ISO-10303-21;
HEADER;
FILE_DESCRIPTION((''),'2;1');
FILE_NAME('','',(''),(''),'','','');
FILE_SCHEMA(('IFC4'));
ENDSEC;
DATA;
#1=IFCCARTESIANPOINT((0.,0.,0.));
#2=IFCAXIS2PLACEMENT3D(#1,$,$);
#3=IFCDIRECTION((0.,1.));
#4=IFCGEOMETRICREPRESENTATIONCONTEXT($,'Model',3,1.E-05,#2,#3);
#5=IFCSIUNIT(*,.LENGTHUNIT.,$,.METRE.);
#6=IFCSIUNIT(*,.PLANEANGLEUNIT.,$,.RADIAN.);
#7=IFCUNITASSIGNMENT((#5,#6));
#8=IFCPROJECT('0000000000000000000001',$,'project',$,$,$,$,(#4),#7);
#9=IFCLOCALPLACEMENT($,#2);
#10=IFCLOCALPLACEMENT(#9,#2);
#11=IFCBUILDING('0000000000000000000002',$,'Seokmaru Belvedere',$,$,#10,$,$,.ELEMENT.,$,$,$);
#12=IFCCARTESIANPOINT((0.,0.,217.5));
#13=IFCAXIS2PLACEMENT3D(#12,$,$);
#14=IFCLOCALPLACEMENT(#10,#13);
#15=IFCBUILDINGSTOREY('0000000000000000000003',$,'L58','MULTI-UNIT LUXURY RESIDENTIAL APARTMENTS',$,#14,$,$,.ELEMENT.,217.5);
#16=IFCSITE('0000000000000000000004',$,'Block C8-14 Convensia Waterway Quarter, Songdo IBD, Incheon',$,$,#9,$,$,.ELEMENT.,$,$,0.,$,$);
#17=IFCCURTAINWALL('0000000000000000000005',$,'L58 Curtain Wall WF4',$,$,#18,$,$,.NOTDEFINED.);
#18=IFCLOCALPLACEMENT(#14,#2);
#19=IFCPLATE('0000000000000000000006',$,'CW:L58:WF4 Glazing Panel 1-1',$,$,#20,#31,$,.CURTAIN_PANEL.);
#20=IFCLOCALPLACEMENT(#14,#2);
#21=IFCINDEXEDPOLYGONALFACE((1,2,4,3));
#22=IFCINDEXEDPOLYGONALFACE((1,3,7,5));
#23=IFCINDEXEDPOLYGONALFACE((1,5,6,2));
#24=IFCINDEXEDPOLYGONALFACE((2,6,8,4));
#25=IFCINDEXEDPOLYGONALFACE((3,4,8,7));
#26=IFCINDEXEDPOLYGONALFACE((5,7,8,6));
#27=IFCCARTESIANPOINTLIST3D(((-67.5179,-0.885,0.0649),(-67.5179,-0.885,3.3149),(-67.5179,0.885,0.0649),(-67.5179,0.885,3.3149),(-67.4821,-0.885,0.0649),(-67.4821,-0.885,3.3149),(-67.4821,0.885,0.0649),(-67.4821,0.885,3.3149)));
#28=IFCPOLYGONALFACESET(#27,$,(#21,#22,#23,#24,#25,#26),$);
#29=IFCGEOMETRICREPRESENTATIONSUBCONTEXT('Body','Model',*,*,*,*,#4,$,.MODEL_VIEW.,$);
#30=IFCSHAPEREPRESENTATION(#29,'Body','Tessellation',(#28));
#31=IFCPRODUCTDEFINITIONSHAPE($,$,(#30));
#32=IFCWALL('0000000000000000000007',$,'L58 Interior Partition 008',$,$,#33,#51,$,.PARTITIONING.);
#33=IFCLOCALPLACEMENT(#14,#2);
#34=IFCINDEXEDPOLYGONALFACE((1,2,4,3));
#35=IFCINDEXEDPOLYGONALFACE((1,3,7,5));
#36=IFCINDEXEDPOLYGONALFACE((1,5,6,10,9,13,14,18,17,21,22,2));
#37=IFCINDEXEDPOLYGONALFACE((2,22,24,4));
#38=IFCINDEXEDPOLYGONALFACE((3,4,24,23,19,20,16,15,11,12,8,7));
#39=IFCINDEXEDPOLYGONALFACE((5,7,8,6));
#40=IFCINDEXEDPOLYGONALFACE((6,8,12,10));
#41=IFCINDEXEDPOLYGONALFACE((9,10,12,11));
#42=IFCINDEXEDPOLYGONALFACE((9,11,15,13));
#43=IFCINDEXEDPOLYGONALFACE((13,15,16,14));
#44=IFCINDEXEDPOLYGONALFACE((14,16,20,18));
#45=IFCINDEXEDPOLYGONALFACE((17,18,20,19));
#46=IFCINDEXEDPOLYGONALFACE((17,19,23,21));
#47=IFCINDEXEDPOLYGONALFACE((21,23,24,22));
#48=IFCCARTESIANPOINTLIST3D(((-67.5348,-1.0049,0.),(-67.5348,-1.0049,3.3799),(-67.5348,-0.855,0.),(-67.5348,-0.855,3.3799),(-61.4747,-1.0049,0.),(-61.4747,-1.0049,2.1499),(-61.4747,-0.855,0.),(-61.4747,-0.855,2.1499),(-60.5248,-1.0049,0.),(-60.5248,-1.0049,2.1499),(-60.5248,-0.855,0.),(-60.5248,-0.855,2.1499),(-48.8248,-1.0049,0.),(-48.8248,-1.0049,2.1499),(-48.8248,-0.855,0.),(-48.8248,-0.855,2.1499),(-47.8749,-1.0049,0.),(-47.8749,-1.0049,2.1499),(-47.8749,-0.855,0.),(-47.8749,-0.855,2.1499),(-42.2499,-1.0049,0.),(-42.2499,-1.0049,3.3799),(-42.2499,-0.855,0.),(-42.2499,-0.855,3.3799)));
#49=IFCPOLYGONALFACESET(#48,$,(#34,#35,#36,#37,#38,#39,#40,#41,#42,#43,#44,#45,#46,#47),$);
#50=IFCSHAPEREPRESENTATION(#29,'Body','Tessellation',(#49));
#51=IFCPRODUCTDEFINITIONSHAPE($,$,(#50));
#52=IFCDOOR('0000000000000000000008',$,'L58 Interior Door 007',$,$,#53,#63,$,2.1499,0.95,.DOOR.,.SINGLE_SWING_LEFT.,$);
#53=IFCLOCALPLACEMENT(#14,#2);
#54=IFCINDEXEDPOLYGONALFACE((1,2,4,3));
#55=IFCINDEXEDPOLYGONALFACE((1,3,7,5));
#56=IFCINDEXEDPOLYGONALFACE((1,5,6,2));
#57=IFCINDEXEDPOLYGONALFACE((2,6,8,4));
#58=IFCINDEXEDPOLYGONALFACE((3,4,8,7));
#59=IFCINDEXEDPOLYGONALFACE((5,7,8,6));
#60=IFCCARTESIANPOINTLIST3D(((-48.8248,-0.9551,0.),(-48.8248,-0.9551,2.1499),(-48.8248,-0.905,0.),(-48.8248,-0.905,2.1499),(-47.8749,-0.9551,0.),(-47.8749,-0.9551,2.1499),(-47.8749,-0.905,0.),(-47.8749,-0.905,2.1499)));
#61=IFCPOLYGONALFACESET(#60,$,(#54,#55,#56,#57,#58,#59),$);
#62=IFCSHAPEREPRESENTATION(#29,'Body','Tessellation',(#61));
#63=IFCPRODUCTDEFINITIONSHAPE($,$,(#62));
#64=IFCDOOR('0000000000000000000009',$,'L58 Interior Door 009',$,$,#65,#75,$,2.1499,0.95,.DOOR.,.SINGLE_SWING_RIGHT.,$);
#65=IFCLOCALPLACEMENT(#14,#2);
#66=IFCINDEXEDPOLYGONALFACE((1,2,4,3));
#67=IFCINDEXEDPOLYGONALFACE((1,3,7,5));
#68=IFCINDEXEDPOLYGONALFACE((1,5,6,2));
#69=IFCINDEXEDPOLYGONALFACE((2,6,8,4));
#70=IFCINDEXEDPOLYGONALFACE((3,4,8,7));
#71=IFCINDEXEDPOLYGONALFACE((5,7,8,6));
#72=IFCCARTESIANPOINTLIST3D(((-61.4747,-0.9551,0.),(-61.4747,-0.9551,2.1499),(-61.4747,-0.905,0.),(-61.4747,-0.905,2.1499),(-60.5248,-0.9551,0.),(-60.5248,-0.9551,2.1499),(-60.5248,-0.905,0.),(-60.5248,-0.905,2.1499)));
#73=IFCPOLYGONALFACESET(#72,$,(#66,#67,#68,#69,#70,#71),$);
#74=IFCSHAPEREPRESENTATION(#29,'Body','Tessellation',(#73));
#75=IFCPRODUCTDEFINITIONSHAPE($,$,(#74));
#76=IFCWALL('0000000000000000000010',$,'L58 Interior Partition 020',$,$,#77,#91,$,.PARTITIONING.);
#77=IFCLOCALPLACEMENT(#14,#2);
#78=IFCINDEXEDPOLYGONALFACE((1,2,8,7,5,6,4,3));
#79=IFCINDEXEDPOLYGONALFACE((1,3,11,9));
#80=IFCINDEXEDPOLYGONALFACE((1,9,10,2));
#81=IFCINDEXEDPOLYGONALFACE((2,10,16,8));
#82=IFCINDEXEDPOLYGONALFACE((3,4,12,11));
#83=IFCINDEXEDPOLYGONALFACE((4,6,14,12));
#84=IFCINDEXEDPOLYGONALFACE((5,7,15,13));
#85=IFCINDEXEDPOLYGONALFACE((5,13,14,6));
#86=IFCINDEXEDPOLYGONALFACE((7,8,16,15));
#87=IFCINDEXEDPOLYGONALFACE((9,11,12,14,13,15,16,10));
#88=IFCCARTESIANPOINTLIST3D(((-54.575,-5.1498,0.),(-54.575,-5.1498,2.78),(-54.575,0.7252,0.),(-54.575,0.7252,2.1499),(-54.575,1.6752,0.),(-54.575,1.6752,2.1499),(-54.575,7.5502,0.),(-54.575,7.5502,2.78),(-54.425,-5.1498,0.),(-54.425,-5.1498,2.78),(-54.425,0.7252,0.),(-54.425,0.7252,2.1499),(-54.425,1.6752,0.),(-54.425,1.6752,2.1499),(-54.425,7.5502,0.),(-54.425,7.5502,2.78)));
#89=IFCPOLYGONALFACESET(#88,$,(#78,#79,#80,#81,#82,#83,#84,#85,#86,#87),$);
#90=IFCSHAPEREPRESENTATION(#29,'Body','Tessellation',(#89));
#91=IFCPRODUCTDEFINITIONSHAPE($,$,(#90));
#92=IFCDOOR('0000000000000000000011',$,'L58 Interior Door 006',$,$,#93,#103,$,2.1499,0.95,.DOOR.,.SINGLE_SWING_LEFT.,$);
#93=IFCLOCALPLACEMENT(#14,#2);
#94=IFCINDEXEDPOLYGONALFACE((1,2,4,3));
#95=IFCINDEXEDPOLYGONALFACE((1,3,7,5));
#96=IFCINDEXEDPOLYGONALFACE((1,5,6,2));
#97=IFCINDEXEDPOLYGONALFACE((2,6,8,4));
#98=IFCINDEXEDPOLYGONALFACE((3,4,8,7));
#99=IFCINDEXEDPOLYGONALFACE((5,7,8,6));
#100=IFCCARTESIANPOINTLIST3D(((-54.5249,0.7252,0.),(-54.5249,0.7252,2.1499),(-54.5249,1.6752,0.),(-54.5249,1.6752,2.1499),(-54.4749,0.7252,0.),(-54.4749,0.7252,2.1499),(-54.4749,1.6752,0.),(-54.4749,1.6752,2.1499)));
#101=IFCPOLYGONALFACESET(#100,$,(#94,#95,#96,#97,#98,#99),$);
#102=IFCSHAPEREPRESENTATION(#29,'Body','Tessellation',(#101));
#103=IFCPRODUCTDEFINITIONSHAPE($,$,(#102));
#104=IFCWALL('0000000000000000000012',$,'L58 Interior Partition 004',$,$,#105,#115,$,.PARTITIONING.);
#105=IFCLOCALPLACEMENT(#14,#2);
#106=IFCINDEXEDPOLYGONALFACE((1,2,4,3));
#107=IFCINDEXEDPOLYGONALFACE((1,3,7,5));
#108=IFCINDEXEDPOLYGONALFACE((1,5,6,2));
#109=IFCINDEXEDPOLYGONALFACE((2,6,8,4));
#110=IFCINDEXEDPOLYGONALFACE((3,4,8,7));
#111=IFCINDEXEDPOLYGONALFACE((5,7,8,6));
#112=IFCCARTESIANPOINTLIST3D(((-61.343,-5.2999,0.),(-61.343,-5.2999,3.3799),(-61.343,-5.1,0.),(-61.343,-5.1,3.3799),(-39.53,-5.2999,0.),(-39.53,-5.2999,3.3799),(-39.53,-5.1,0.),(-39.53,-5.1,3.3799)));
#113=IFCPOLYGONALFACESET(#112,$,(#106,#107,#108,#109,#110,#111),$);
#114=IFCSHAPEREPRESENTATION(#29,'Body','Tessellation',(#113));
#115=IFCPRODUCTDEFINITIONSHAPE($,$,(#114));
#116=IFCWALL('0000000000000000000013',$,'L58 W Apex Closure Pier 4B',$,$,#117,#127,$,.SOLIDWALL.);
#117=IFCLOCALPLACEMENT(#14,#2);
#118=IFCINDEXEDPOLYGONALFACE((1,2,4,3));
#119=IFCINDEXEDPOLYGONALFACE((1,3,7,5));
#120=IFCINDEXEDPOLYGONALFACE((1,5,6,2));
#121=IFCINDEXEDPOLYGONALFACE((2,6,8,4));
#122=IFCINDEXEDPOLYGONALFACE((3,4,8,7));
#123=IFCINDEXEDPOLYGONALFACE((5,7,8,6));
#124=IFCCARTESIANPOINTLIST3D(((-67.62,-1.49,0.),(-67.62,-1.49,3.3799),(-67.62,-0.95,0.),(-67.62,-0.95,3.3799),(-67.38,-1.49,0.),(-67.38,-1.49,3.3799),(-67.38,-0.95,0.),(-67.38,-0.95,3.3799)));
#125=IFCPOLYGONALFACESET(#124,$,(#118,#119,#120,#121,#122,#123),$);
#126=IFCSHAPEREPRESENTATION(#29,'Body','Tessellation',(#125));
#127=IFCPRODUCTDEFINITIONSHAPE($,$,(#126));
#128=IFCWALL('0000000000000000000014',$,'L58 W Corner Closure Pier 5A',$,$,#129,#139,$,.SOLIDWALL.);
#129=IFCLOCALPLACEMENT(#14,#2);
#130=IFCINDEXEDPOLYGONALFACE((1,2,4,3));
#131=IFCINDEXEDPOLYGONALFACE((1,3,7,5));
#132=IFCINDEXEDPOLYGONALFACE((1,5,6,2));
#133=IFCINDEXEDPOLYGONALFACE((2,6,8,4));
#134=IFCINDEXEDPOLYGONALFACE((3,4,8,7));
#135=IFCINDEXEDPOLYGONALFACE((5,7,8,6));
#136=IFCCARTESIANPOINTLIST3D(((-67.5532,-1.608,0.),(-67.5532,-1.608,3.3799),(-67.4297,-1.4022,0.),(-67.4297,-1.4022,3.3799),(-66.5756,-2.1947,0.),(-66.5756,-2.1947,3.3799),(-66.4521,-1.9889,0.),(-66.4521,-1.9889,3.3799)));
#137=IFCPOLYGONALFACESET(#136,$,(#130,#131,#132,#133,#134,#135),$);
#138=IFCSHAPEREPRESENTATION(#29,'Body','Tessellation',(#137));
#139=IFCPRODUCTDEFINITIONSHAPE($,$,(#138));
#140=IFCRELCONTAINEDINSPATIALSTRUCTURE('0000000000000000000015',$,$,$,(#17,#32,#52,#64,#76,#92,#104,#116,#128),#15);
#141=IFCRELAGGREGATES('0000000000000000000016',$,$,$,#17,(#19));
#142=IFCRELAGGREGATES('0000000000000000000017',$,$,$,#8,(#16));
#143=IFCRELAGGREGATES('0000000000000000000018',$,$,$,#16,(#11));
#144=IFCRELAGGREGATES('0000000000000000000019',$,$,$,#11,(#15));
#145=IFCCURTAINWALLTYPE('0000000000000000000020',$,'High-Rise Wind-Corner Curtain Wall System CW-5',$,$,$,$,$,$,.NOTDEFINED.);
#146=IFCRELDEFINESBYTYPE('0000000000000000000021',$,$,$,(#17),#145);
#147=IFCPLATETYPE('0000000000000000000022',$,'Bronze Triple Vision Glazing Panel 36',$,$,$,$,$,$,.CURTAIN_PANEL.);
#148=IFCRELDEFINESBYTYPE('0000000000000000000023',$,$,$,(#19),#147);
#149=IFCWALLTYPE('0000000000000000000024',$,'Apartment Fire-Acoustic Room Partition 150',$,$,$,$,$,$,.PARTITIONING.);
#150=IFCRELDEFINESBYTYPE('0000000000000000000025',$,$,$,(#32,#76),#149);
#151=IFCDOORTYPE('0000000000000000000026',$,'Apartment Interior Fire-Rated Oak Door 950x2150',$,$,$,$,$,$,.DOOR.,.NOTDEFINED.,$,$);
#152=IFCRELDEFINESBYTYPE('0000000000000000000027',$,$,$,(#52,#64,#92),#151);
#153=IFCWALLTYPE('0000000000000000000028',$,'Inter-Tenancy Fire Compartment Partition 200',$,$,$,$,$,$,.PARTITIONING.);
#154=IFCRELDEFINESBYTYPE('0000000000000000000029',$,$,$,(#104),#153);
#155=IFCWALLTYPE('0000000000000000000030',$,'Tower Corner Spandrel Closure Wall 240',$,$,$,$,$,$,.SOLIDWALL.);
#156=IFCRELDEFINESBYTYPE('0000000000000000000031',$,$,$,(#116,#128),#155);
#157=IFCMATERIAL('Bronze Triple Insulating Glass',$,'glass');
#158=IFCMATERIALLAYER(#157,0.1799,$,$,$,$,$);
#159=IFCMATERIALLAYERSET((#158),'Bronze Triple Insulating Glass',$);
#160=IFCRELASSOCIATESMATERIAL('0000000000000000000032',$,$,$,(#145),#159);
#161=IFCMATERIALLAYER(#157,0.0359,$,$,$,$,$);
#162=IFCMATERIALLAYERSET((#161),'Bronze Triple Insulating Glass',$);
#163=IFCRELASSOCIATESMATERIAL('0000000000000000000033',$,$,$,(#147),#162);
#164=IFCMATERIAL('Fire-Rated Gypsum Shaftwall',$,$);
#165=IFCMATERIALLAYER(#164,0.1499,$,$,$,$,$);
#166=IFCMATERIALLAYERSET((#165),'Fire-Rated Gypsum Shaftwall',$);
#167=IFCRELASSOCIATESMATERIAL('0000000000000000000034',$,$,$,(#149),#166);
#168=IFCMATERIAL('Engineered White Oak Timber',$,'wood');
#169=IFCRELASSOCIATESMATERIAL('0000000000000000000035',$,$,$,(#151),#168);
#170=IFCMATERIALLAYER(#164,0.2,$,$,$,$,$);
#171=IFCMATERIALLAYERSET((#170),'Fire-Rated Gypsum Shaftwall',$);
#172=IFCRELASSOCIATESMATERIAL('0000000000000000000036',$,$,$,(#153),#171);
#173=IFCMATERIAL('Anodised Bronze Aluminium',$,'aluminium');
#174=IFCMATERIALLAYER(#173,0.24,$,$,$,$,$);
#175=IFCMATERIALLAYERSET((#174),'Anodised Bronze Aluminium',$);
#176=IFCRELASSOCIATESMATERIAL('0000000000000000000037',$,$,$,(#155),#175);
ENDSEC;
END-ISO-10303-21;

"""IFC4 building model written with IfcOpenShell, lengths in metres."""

from ifc_helpers import new_model, si_unit, direction, frame, frame_2d, origin, origin_2d, place, context, subcontext, project, spatial, rectangle, extrude, source, transform, mapped, material, layer, layer_set, type_object, type_shapes, element, fill, aggregate, save


model = new_model("IFC4")

# Units and contexts
model_context = context("Model", 3, precision=1e-05, world=origin(), true_north=direction((0.0, 1.0)))
body_context = subcontext(model_context, "Body", "Model", "MODEL_VIEW")
ifc_project = project(units=[si_unit("LENGTHUNIT", "METRE"), si_unit("PLANEANGLEUNIT", "RADIAN")], contexts=[model_context])

# Site, building, storey
site_placement = place(None, origin())
site = spatial("IfcSite", under=ifc_project, at=site_placement, Name="Block C8-14 Convensia Waterway Quarter, Songdo IBD, Incheon", CompositionType="ELEMENT", RefElevation=0.0)
building_placement = place(site_placement, origin())
building = spatial("IfcBuilding", under=site, at=building_placement, Name="Seokmaru Belvedere", CompositionType="ELEMENT")
storey_placement = place(building_placement, frame((0.0, 0.0, 217.5)))
storey = spatial("IfcBuildingStorey", under=building, at=storey_placement, Name="L58", Description="MULTI-UNIT LUXURY RESIDENTIAL APARTMENTS", CompositionType="ELEMENT", Elevation=217.5)

# Curtain wall
ifc_material_1 = material(Name="Bronze Triple Insulating Glass", Category="glass")
ifc_layer_1 = layer(ifc_material_1, 0.1799)
ifc_layer_set_1 = layer_set([ifc_layer_1], Name="Bronze Triple Insulating Glass")
curtain_wall_type = type_object("IfcCurtainWallType", Name="High-Rise Wind-Corner Curtain Wall System CW-5", PredefinedType="NOTDEFINED", material=ifc_layer_set_1)
curtain_wall_1_placement = place(storey_placement, origin())
curtain_wall_1 = element("IfcCurtainWall", 1, at=curtain_wall_1_placement, inside=storey, type_object=curtain_wall_type, Name="L58 Curtain Wall WF4", PredefinedType="NOTDEFINED")
ifc_material_2 = material(Name="Anodised Bronze Aluminium", Category="aluminium")

# Shared definitions
ifc_layer_2 = layer(ifc_material_1, 0.0359)
ifc_layer_set_2 = layer_set([ifc_layer_2], Name="Bronze Triple Insulating Glass")
plate_type = type_object("IfcPlateType", Name="Bronze Triple Vision Glazing Panel 36", PredefinedType="CURTAIN_PANEL", material=ifc_layer_set_2)

# Plate
shared_shape_1 = source(origin(), body_context, "Body", "SweptSolid", [
    extrude(rectangle(XDim=1.77, YDim=0.0359, at=origin_2d()), origin(), (0.0, 0.0, 1.0), 3.25),
])
plate_1_placement = place(storey_placement, frame((-67.5, 0.0, 0.0649), z_axis=(0.0, 0.0, 1.0), x_axis=(0.0, -1.0, 0.0)))
plate_1 = element("IfcPlate", 2, at=plate_1_placement, type_object=plate_type, Name="CW:L58:WF4 Glazing Panel 1-1", PredefinedType="CURTAIN_PANEL", context=body_context, shape_type="MappedRepresentation", body=[
    mapped(shared_shape_1, transform((0.0, 0.0, 0.0), scale=1.0)),
])
aggregate(curtain_wall_1, [plate_1])

# Wall, openings, doors
ifc_material_3 = material(Name="Fire-Rated Gypsum Shaftwall")
ifc_layer_3 = layer(ifc_material_3, 0.1499)
ifc_layer_set_3 = layer_set([ifc_layer_3], Name="Fire-Rated Gypsum Shaftwall")
wall_type_1 = type_object("IfcWallType", Name="Apartment Fire-Acoustic Room Partition 150", PredefinedType="PARTITIONING", material=ifc_layer_set_3)
wall_1_placement = place(storey_placement, frame((-67.5349, -0.9299, 0.0), z_axis=(0.0, 0.0, 1.0), x_axis=(1.0, 0.0, 0.0)))
wall_1 = element("IfcWall", 3, at=wall_1_placement, inside=storey, type_object=wall_type_1, Name="L58 Interior Partition 008", PredefinedType="PARTITIONING", context=body_context, shape_type="SweptSolid", body=[
    extrude(rectangle(XDim=25.2849, YDim=0.1499, at=frame_2d((12.6426, 0.0))), origin(), (0.0, 0.0, 1.0), 3.3799),
])
opening_1_placement = place(wall_1_placement, frame((18.71, 0.0, 0.0)))
opening_1 = element("IfcOpeningElement", 4, at=opening_1_placement, cuts=wall_1, PredefinedType="OPENING", context=body_context, shape_type="SweptSolid", body=[
    extrude(rectangle(XDim=0.95, YDim=2.1499, at=frame_2d((0.4751, 1.075))), frame((0.0, 0.085, 0.0), z_axis=(0.0, -1.0, 0.0), x_axis=(1.0, 0.0, 0.0)), (0.0, 0.0, 1.0), 0.1699),
])
opening_2_placement = place(wall_1_placement, frame((6.0601, 0.0, 0.0)))
opening_2 = element("IfcOpeningElement", 5, at=opening_2_placement, cuts=wall_1, PredefinedType="OPENING", context=body_context, shape_type="SweptSolid", body=[
    extrude(rectangle(XDim=0.95, YDim=2.1499, at=frame_2d((0.4751, 1.075))), frame((0.0, 0.085, 0.0), z_axis=(0.0, -1.0, 0.0), x_axis=(1.0, 0.0, 0.0)), (0.0, 0.0, 1.0), 0.1699),
])
ifc_material_4 = material(Name="Engineered White Oak Timber", Category="wood")
door_type = type_object("IfcDoorType", Name="Apartment Interior Fire-Rated Oak Door 950x2150", OperationType="NOTDEFINED", PredefinedType="DOOR", material=ifc_material_4)
shared_shape_2 = source(origin(), body_context, "Body", "SweptSolid", [
    extrude(rectangle(XDim=0.95, YDim=2.1499, at=frame_2d((0.4751, 1.075))), frame((0.0, 0.0249, 0.0), z_axis=(0.0, -1.0, 0.0), x_axis=(1.0, 0.0, 0.0)), (0.0, 0.0, 1.0), 0.05),
])
type_shapes(door_type, [shared_shape_2])
door_1_placement = place(opening_1_placement, origin())
door_1 = element("IfcDoor", 6, at=door_1_placement, inside=storey, type_object=door_type, Name="L58 Interior Door 007", OperationType="SINGLE_SWING_LEFT", OverallHeight=2.1499, OverallWidth=0.95, PredefinedType="DOOR", context=body_context, shape_type="MappedRepresentation", body=[
    mapped(shared_shape_2, transform((0.0, 0.0, 0.0), scale=1.0)),
])
fill(opening_1, door_1)
door_2_placement = place(opening_2_placement, origin())
door_2 = element("IfcDoor", 7, at=door_2_placement, inside=storey, type_object=door_type, Name="L58 Interior Door 009", OperationType="SINGLE_SWING_RIGHT", OverallHeight=2.1499, OverallWidth=0.95, PredefinedType="DOOR", context=body_context, shape_type="MappedRepresentation", body=[
    mapped(shared_shape_2, transform((0.0, 0.0, 0.0), scale=1.0)),
])
fill(opening_2, door_2)

# Wall, opening, door
wall_2_placement = place(storey_placement, frame((-54.5, -5.1499, 0.0), z_axis=(0.0, 0.0, 1.0), x_axis=(0.0, 1.0, 0.0)))
wall_2 = element("IfcWall", 8, at=wall_2_placement, inside=storey, type_object=wall_type_1, Name="L58 Interior Partition 020", PredefinedType="PARTITIONING", context=body_context, shape_type="SweptSolid", body=[
    extrude(rectangle(XDim=12.7, YDim=0.1499, at=frame_2d((6.3501, 0.0))), origin(), (0.0, 0.0, 1.0), 2.78),
])
opening_3_placement = place(wall_2_placement, frame((5.875, 0.0, 0.0)))
opening_3 = element("IfcOpeningElement", 9, at=opening_3_placement, cuts=wall_2, PredefinedType="OPENING", context=body_context, shape_type="SweptSolid", body=[
    extrude(rectangle(XDim=0.95, YDim=2.1499, at=frame_2d((0.4751, 1.075))), frame((0.0, 0.085, 0.0), z_axis=(0.0, -1.0, 0.0), x_axis=(1.0, 0.0, 0.0)), (0.0, 0.0, 1.0), 0.1699),
])
door_3_placement = place(opening_3_placement, origin())
door_3 = element("IfcDoor", 10, at=door_3_placement, inside=storey, type_object=door_type, Name="L58 Interior Door 006", OperationType="SINGLE_SWING_LEFT", OverallHeight=2.1499, OverallWidth=0.95, PredefinedType="DOOR", context=body_context, shape_type="MappedRepresentation", body=[
    mapped(shared_shape_2, transform((0.0, 0.0, 0.0), scale=1.0)),
])
fill(opening_3, door_3)

# Walls
ifc_layer_4 = layer(ifc_material_3, 0.2)
ifc_layer_set_4 = layer_set([ifc_layer_4], Name="Fire-Rated Gypsum Shaftwall")
wall_type_2 = type_object("IfcWallType", Name="Inter-Tenancy Fire Compartment Partition 200", PredefinedType="PARTITIONING", material=ifc_layer_set_4)
wall_3_placement = place(storey_placement, frame((-61.343, -5.2, 0.0), z_axis=(0.0, 0.0, 1.0), x_axis=(1.0, 0.0, 0.0)))
element("IfcWall", 11, at=wall_3_placement, inside=storey, type_object=wall_type_2, Name="L58 Interior Partition 004", PredefinedType="PARTITIONING", context=body_context, shape_type="SweptSolid", body=[
    extrude(rectangle(XDim=21.813, YDim=0.2, at=frame_2d((10.9065, 0.0))), origin(), (0.0, 0.0, 1.0), 3.3799),
])
ifc_layer_5 = layer(ifc_material_2, 0.24)
ifc_layer_set_5 = layer_set([ifc_layer_5], Name="Anodised Bronze Aluminium")
wall_type_3 = type_object("IfcWallType", Name="Tower Corner Spandrel Closure Wall 240", PredefinedType="SOLIDWALL", material=ifc_layer_set_5)
wall_4_placement = place(storey_placement, frame((-67.5, -0.95, 0.0), z_axis=(0.0, 0.0, 1.0), x_axis=(0.0, -1.0, 0.0)))
element("IfcWall", 12, at=wall_4_placement, inside=storey, type_object=wall_type_3, Name="L58 W Apex Closure Pier 4B", PredefinedType="SOLIDWALL", context=body_context, shape_type="SweptSolid", body=[
    extrude(rectangle(XDim=0.54, YDim=0.24, at=frame_2d((0.27, 0.0))), origin(), (0.0, 0.0, 1.0), 3.3799),
])
wall_5_placement = place(storey_placement, frame((-67.4915, -1.5051, 0.0), z_axis=(0.0, 0.0, 1.0), x_axis=(0.857436, -0.51459, 0.0)))
element("IfcWall", 13, at=wall_5_placement, inside=storey, type_object=wall_type_3, Name="L58 W Corner Closure Pier 5A", PredefinedType="SOLIDWALL", context=body_context, shape_type="SweptSolid", body=[
    extrude(rectangle(XDim=1.1401, YDim=0.24, at=frame_2d((0.5701, 0.0))), origin(), (0.0, 0.0, 1.0), 3.3799),
])

save(model, "model.ifc")
